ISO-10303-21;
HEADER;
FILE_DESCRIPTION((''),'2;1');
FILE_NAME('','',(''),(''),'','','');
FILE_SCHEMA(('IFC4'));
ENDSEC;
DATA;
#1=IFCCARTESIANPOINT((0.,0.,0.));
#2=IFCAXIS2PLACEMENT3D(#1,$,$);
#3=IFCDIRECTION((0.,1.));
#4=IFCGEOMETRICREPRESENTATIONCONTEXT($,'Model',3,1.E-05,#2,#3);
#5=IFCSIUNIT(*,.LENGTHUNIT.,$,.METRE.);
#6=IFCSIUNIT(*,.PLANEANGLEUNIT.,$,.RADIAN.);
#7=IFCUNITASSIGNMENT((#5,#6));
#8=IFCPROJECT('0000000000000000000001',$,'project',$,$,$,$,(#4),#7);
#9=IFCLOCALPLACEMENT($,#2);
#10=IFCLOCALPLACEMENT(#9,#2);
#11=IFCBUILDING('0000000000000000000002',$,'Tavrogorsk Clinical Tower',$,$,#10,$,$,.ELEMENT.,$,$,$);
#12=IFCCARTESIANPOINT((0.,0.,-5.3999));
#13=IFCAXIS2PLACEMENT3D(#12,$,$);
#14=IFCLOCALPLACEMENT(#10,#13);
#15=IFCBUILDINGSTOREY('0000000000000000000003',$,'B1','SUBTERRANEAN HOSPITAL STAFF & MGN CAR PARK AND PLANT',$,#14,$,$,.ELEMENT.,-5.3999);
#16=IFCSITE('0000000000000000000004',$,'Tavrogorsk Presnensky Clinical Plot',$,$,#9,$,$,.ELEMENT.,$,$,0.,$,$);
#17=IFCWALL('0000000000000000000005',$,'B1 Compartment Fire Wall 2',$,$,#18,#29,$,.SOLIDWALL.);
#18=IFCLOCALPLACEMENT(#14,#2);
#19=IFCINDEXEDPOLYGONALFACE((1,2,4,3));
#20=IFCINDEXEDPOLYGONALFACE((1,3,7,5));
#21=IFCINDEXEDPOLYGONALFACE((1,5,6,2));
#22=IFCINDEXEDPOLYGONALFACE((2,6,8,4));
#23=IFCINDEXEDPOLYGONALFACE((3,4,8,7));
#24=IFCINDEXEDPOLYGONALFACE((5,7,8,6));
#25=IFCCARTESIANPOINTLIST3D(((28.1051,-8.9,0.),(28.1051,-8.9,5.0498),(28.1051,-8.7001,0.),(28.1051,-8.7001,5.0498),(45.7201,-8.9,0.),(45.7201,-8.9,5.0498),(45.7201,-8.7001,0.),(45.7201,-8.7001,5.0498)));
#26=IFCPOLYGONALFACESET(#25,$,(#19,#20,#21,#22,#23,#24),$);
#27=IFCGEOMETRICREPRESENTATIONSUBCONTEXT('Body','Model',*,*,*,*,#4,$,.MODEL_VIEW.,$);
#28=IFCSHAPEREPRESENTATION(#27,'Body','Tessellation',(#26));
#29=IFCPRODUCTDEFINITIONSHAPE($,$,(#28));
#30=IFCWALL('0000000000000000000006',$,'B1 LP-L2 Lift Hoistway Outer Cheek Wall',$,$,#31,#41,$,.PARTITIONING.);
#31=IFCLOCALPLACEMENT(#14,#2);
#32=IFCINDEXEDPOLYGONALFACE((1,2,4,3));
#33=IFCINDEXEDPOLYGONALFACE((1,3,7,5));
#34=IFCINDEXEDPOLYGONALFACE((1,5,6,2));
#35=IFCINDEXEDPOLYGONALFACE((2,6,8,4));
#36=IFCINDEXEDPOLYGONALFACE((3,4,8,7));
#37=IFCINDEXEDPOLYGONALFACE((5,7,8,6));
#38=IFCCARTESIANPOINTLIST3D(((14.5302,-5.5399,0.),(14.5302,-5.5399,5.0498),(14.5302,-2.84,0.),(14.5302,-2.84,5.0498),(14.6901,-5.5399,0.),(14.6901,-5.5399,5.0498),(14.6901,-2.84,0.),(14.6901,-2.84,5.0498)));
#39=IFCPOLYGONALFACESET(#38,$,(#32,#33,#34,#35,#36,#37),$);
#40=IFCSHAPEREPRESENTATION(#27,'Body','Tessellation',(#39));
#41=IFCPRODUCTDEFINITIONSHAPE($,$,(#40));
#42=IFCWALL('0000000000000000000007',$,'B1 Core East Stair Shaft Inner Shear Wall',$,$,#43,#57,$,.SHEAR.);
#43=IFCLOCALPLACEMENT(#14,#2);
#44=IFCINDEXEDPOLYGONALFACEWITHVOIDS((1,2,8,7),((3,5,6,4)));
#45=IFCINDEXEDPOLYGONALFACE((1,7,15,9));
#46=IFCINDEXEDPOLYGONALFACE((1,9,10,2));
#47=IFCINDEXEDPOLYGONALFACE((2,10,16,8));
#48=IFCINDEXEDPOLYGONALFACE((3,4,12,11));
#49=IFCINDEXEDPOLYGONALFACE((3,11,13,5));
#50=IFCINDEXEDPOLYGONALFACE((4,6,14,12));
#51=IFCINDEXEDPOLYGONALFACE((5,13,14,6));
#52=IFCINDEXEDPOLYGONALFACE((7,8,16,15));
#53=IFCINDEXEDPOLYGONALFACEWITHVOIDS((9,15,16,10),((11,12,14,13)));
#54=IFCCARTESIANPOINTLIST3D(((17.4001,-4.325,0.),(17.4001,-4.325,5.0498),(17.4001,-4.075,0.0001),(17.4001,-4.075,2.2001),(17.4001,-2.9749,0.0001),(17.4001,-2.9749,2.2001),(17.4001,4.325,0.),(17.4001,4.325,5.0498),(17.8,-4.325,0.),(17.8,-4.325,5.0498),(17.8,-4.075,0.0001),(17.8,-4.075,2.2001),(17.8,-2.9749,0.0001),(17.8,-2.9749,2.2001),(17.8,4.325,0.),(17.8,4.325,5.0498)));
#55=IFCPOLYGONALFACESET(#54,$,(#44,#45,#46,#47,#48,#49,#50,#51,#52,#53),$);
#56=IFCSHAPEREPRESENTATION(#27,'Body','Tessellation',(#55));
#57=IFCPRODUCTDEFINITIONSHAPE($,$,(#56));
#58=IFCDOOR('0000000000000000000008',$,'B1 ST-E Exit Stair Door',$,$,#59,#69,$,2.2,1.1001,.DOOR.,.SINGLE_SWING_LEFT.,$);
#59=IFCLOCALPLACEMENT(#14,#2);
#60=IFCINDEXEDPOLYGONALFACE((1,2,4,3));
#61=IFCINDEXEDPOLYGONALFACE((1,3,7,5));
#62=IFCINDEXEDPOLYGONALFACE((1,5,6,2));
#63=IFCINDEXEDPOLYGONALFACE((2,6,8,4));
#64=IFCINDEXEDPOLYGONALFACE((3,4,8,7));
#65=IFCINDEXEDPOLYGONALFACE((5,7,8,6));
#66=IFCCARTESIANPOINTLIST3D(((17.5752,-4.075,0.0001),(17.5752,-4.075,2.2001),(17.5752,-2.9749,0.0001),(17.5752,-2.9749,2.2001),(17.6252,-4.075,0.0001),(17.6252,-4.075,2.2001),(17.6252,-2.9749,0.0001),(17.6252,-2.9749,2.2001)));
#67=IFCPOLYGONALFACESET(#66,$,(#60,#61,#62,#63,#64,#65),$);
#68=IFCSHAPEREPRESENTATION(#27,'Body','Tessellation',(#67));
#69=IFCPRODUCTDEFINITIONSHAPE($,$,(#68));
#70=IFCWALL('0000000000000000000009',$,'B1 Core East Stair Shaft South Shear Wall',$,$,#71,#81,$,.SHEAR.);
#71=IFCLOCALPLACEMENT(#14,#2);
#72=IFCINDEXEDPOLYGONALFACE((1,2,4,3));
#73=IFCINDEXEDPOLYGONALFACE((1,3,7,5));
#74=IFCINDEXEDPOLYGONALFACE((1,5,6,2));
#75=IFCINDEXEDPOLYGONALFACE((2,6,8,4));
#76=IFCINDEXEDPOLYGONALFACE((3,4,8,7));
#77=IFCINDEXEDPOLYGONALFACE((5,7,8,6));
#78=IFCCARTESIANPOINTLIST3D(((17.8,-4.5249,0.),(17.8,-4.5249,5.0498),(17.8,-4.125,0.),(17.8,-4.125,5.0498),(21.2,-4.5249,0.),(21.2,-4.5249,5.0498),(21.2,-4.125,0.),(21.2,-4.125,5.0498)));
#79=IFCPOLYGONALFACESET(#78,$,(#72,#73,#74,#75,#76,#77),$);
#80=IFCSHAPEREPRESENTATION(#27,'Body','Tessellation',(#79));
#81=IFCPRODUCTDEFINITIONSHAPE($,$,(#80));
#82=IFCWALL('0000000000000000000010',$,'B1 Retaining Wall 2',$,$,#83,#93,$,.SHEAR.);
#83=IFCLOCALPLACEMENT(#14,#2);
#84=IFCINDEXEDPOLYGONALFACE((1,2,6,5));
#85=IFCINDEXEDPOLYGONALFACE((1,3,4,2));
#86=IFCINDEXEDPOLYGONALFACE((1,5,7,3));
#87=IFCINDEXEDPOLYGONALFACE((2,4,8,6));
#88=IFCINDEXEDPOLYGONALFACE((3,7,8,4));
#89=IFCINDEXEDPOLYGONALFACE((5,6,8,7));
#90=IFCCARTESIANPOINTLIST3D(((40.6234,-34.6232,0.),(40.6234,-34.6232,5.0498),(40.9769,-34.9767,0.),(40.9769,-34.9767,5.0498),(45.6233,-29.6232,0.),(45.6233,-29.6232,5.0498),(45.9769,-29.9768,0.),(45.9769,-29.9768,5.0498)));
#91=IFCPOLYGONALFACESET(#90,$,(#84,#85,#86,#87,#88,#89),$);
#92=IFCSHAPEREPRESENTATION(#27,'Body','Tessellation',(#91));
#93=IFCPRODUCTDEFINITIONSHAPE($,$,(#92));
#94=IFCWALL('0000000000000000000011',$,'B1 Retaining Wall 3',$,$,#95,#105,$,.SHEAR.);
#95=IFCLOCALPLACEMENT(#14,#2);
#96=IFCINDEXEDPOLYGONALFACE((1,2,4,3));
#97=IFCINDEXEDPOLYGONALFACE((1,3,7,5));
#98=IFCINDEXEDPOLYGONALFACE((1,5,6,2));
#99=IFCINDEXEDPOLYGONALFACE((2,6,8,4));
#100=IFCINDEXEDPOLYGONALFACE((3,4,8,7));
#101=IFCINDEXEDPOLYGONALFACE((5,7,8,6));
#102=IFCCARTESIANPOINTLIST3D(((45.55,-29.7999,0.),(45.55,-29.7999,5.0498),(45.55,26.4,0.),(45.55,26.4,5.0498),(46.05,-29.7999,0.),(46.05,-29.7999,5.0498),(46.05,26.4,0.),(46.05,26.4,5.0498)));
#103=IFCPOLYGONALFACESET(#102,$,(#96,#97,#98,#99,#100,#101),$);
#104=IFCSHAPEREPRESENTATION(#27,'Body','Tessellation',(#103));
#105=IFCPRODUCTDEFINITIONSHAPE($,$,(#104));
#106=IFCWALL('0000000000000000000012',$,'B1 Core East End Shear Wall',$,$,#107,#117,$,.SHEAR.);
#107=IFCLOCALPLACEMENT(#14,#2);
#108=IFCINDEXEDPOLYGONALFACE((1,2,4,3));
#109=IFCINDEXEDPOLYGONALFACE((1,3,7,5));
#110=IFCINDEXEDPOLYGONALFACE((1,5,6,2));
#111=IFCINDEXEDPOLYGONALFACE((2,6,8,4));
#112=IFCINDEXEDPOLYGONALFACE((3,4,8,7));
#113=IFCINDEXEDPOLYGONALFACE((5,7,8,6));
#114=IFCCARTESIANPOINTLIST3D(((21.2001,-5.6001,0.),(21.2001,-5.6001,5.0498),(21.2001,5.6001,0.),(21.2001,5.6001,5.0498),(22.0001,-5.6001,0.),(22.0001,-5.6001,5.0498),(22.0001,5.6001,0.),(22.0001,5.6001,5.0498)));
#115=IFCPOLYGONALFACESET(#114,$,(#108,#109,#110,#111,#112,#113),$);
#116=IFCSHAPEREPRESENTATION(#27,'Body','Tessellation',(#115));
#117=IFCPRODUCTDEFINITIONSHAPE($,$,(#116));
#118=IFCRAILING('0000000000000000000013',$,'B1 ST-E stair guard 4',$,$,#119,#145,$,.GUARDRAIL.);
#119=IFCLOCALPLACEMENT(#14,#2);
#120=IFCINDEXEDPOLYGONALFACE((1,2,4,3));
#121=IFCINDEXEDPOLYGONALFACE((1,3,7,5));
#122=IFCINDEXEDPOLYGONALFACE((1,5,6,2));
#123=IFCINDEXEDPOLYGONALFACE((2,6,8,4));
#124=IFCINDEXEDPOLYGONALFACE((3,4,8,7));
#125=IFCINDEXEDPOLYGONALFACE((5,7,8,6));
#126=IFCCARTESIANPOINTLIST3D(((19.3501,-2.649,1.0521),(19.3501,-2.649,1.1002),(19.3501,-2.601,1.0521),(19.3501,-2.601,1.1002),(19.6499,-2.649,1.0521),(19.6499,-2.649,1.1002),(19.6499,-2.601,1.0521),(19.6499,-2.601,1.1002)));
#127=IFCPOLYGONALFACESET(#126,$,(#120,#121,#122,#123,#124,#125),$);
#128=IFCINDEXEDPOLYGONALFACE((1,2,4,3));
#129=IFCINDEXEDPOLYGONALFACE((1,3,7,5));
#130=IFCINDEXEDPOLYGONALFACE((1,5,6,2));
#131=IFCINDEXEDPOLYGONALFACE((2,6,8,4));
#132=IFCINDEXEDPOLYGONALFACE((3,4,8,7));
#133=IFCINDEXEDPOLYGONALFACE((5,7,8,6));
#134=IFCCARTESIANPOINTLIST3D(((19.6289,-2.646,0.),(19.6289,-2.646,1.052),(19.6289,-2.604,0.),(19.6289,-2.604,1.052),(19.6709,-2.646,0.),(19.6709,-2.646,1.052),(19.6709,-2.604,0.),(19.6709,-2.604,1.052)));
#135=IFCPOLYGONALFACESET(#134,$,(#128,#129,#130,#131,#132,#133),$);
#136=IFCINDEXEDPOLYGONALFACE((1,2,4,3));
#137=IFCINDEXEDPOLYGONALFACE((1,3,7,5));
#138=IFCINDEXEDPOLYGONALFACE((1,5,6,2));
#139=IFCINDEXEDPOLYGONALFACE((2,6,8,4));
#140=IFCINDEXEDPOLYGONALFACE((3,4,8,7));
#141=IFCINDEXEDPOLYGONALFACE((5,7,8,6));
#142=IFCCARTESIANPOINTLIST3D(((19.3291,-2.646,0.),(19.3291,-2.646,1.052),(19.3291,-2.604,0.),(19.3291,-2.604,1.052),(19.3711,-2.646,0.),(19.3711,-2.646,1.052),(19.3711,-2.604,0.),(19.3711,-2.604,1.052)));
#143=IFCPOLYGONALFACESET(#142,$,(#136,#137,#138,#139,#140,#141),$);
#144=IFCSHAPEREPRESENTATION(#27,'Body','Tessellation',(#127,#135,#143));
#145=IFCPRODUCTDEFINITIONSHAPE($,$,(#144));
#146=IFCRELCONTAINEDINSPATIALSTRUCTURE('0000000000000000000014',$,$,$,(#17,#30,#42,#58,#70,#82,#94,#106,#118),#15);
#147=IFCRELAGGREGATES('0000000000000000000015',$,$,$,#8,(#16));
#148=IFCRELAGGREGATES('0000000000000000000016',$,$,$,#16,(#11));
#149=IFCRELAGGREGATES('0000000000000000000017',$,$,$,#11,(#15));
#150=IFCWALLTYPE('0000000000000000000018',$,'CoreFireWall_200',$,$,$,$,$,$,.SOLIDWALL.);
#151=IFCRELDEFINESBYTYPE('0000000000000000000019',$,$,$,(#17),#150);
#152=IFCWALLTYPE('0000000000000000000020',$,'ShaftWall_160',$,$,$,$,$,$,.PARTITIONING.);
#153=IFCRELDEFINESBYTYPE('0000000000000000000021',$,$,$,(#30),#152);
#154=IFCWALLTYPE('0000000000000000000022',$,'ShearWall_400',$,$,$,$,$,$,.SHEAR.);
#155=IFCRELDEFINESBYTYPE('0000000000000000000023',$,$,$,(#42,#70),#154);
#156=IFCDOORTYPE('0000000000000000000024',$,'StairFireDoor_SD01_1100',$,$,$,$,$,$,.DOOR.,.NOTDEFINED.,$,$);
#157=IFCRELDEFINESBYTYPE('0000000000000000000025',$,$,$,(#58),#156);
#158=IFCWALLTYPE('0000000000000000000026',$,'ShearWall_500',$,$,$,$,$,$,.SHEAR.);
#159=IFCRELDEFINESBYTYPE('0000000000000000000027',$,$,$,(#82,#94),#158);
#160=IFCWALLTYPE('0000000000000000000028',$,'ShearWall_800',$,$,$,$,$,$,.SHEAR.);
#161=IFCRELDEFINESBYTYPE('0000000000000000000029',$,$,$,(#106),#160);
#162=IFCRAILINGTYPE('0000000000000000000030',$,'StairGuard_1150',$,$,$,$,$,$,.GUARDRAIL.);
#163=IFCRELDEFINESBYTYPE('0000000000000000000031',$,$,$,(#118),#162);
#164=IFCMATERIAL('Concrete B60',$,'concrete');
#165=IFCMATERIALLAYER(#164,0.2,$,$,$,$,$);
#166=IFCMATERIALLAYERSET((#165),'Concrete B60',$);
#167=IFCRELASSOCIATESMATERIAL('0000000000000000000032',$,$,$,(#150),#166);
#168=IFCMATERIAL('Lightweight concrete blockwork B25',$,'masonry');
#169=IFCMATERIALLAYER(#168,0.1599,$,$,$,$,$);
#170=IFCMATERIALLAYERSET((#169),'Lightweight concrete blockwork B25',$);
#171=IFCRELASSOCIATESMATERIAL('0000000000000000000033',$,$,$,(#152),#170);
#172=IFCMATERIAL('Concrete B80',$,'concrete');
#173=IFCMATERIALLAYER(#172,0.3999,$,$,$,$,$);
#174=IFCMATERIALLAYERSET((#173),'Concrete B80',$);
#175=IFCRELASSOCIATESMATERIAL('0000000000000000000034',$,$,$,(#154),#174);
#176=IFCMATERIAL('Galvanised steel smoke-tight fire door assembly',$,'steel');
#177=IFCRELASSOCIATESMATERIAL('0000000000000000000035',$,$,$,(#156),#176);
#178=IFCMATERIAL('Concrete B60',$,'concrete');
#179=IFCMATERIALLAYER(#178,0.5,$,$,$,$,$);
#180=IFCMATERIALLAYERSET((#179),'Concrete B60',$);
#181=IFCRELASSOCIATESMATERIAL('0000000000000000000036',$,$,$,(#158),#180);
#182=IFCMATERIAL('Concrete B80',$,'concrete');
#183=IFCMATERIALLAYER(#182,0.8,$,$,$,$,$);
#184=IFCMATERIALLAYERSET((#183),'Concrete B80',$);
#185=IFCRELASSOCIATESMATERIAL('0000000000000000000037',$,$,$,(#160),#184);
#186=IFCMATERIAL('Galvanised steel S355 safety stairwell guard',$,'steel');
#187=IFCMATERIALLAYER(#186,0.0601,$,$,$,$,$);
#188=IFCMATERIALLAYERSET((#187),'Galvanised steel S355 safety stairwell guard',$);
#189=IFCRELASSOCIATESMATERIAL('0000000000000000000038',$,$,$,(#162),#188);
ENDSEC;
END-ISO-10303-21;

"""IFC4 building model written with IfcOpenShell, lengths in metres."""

from ifc_helpers import new_model, si_unit, direction, frame, frame_2d, origin, origin_2d, place, context, subcontext, project, spatial, rectangle, extrude, material, layer, layer_set, type_object, element, fill, save


model = new_model("IFC4")

# Units and contexts
model_context = context("Model", 3, precision=1e-05, world=origin(), true_north=direction((0.0, 1.0)))
body_context = subcontext(model_context, "Body", "Model", "MODEL_VIEW")
ifc_project = project(units=[si_unit("LENGTHUNIT", "METRE"), si_unit("PLANEANGLEUNIT", "RADIAN")], contexts=[model_context])

# Site, building, storey
site_placement = place(None, origin())
site = spatial("IfcSite", under=ifc_project, at=site_placement, Name="Tavrogorsk Presnensky Clinical Plot", CompositionType="ELEMENT", RefElevation=0.0)
building_placement = place(site_placement, origin())
building = spatial("IfcBuilding", under=site, at=building_placement, Name="Tavrogorsk Clinical Tower", CompositionType="ELEMENT")
storey_placement = place(building_placement, frame((0.0, 0.0, -5.3999)))
storey = spatial("IfcBuildingStorey", under=building, at=storey_placement, Name="B1", Description="SUBTERRANEAN HOSPITAL STAFF & MGN CAR PARK AND PLANT", CompositionType="ELEMENT", Elevation=-5.3999)

# Shared definitions
ifc_material_1 = material(Name="Concrete B60", Category="concrete")
ifc_layer_1 = layer(ifc_material_1, 0.2)
ifc_layer_set_1 = layer_set([ifc_layer_1], Name="Concrete B60")
wall_type_1 = type_object("IfcWallType", Name="CoreFireWall_200", PredefinedType="SOLIDWALL", material=ifc_layer_set_1)

# Walls
wall_1_placement = place(storey_placement, frame((28.105, -8.8, 0.0), z_axis=(0.0, 0.0, 1.0), x_axis=(1.0, 0.0, 0.0)))
element("IfcWall", 1, at=wall_1_placement, inside=storey, type_object=wall_type_1, Name="B1 Compartment Fire Wall 2", PredefinedType="SOLIDWALL", context=body_context, shape_type="SweptSolid", body=[
    extrude(rectangle(XDim=17.615, YDim=0.2, at=frame_2d((8.8076, 0.0))), origin(), (0.0, 0.0, 1.0), 5.0498),
])
ifc_material_2 = material(Name="Lightweight concrete blockwork B25", Category="masonry")
ifc_layer_2 = layer(ifc_material_2, 0.1599)
ifc_layer_set_2 = layer_set([ifc_layer_2], Name="Lightweight concrete blockwork B25")
wall_type_2 = type_object("IfcWallType", Name="ShaftWall_160", PredefinedType="PARTITIONING", material=ifc_layer_set_2)
wall_2_placement = place(storey_placement, frame((14.6101, -5.54, 0.0), z_axis=(0.0, 0.0, 1.0), x_axis=(0.0, 1.0, 0.0)))
element("IfcWall", 2, at=wall_2_placement, inside=storey, type_object=wall_type_2, Name="B1 LP-L2 Lift Hoistway Outer Cheek Wall", PredefinedType="PARTITIONING", context=body_context, shape_type="SweptSolid", body=[
    extrude(rectangle(XDim=2.7, YDim=0.1599, at=frame_2d((1.3501, 0.0))), origin(), (0.0, 0.0, 1.0), 5.0498),
])

# Wall, opening, door
ifc_material_3 = material(Name="Concrete B80", Category="concrete")
ifc_layer_3 = layer(ifc_material_3, 0.3999)
ifc_layer_set_3 = layer_set([ifc_layer_3], Name="Concrete B80")
wall_type_3 = type_object("IfcWallType", Name="ShearWall_400", PredefinedType="SHEAR", material=ifc_layer_set_3)
wall_3_placement = place(storey_placement, frame((17.6001, -4.325, 0.0), z_axis=(0.0, 0.0, 1.0), x_axis=(0.0, 1.0, 0.0)))
wall_3 = element("IfcWall", 3, at=wall_3_placement, inside=storey, type_object=wall_type_3, Name="B1 Core East Stair Shaft Inner Shear Wall", PredefinedType="SHEAR", context=body_context, shape_type="SweptSolid", body=[
    extrude(rectangle(XDim=8.6499, YDim=0.3999, at=frame_2d((4.325, 0.0))), origin(), (0.0, 0.0, 1.0), 5.0498),
])
opening_1_placement = place(wall_3_placement, frame((0.25, 0.0, 0.0)))
opening_1 = element("IfcOpeningElement", 4, at=opening_1_placement, cuts=wall_3, PredefinedType="OPENING", context=body_context, shape_type="SweptSolid", body=[
    extrude(rectangle(XDim=1.1001, YDim=2.2, at=frame_2d((0.55, 1.1001))), frame((0.0, 0.21, 0.0), z_axis=(0.0, -1.0, 0.0), x_axis=(1.0, 0.0, 0.0)), (0.0, 0.0, 1.0), 0.4199),
])
ifc_material_4 = material(Name="Galvanised steel smoke-tight fire door assembly", Category="steel")
door_type_1 = type_object("IfcDoorType", Name="StairFireDoor_SD01_1100", OperationType="NOTDEFINED", PredefinedType="DOOR", material=ifc_material_4)
door_1_placement = place(opening_1_placement, origin())
door_1 = element("IfcDoor", 5, at=door_1_placement, inside=storey, type_object=door_type_1, Name="B1 ST-E Exit Stair Door", OperationType="SINGLE_SWING_LEFT", OverallHeight=2.2, OverallWidth=1.1001, PredefinedType="DOOR", context=body_context, shape_type="SweptSolid", body=[
    extrude(rectangle(XDim=1.1001, YDim=2.2, at=frame_2d((0.55, 1.1001))), frame((0.0, 0.0249, 0.0), z_axis=(0.0, -1.0, 0.0), x_axis=(1.0, 0.0, 0.0)), (0.0, 0.0, 1.0), 0.05),
])
fill(opening_1, door_1)

# Walls
wall_4_placement = place(storey_placement, frame((17.8, -4.325, 0.0), z_axis=(0.0, 0.0, 1.0), x_axis=(1.0, 0.0, 0.0)))
element("IfcWall", 6, at=wall_4_placement, inside=storey, type_object=wall_type_3, Name="B1 Core East Stair Shaft South Shear Wall", PredefinedType="SHEAR", context=body_context, shape_type="SweptSolid", body=[
    extrude(rectangle(XDim=3.3999, YDim=0.3999, at=frame_2d((1.7, 0.0))), origin(), (0.0, 0.0, 1.0), 5.0498),
])
ifc_material_5 = material(Name="Concrete B60", Category="concrete")
ifc_layer_4 = layer(ifc_material_5, 0.5)
ifc_layer_set_4 = layer_set([ifc_layer_4], Name="Concrete B60")
wall_type_4 = type_object("IfcWallType", Name="ShearWall_500", PredefinedType="SHEAR", material=ifc_layer_set_4)
wall_5_placement = place(storey_placement, frame((40.8, -34.8, 0.0), z_axis=(0.0, 0.0, 1.0), x_axis=(0.707107, 0.707107, 0.0)))
element("IfcWall", 7, at=wall_5_placement, inside=storey, type_object=wall_type_4, Name="B1 Retaining Wall 2", PredefinedType="SHEAR", context=body_context, shape_type="SweptSolid", body=[
    extrude(rectangle(XDim=7.071, YDim=0.5, at=frame_2d((3.5356, 0.0))), origin(), (0.0, 0.0, 1.0), 5.0498),
])
wall_6_placement = place(storey_placement, frame((45.8, -29.8, 0.0), z_axis=(0.0, 0.0, 1.0), x_axis=(0.0, 1.0, 0.0)))
element("IfcWall", 8, at=wall_6_placement, inside=storey, type_object=wall_type_4, Name="B1 Retaining Wall 3", PredefinedType="SHEAR", context=body_context, shape_type="SweptSolid", body=[
    extrude(rectangle(XDim=56.2, YDim=0.5, at=frame_2d((28.1001, 0.0))), origin(), (0.0, 0.0, 1.0), 5.0498),
])
ifc_material_6 = material(Name="Concrete B80", Category="concrete")
ifc_layer_5 = layer(ifc_material_6, 0.8)
ifc_layer_set_5 = layer_set([ifc_layer_5], Name="Concrete B80")
wall_type_5 = type_object("IfcWallType", Name="ShearWall_800", PredefinedType="SHEAR", material=ifc_layer_set_5)
wall_7_placement = place(storey_placement, frame((21.6001, -5.6001, 0.0), z_axis=(0.0, 0.0, 1.0), x_axis=(0.0, 1.0, 0.0)))
element("IfcWall", 9, at=wall_7_placement, inside=storey, type_object=wall_type_5, Name="B1 Core East End Shear Wall", PredefinedType="SHEAR", context=body_context, shape_type="SweptSolid", body=[
    extrude(rectangle(XDim=11.2002, YDim=0.8, at=frame_2d((5.6001, 0.0))), origin(), (0.0, 0.0, 1.0), 5.0498),
])

# Railing
ifc_material_7 = material(Name="Galvanised steel S355 safety stairwell guard", Category="steel")
ifc_layer_6 = layer(ifc_material_7, 0.0601)
ifc_layer_set_6 = layer_set([ifc_layer_6], Name="Galvanised steel S355 safety stairwell guard")
railing_type = type_object("IfcRailingType", Name="StairGuard_1150", PredefinedType="GUARDRAIL", material=ifc_layer_set_6)
railing_placement = place(storey_placement, frame((19.6499, -2.625, 0.0)))
element("IfcRailing", 10, at=railing_placement, inside=storey, type_object=railing_type, Name="B1 ST-E stair guard 4", PredefinedType="GUARDRAIL", context=body_context, shape_type="SweptSolid", body=[
    extrude(rectangle(XDim=0.0481, YDim=0.0481, at=origin_2d()), frame((0.0, 0.0, 1.0762), z_axis=(-1.0, 0.0, 0.0), x_axis=(0.0, -1.0, 0.0)), (0.0, 0.0, 1.0), 0.2998),
    extrude(rectangle(XDim=0.042, YDim=0.042, at=origin_2d()), origin(), (0.0, 0.0, 1.0), 1.052),
    extrude(rectangle(XDim=0.042, YDim=0.042, at=origin_2d()), frame((-0.2998, 0.0, 0.0)), (0.0, 0.0, 1.0), 1.052),
])

save(model, "model.ifc")
